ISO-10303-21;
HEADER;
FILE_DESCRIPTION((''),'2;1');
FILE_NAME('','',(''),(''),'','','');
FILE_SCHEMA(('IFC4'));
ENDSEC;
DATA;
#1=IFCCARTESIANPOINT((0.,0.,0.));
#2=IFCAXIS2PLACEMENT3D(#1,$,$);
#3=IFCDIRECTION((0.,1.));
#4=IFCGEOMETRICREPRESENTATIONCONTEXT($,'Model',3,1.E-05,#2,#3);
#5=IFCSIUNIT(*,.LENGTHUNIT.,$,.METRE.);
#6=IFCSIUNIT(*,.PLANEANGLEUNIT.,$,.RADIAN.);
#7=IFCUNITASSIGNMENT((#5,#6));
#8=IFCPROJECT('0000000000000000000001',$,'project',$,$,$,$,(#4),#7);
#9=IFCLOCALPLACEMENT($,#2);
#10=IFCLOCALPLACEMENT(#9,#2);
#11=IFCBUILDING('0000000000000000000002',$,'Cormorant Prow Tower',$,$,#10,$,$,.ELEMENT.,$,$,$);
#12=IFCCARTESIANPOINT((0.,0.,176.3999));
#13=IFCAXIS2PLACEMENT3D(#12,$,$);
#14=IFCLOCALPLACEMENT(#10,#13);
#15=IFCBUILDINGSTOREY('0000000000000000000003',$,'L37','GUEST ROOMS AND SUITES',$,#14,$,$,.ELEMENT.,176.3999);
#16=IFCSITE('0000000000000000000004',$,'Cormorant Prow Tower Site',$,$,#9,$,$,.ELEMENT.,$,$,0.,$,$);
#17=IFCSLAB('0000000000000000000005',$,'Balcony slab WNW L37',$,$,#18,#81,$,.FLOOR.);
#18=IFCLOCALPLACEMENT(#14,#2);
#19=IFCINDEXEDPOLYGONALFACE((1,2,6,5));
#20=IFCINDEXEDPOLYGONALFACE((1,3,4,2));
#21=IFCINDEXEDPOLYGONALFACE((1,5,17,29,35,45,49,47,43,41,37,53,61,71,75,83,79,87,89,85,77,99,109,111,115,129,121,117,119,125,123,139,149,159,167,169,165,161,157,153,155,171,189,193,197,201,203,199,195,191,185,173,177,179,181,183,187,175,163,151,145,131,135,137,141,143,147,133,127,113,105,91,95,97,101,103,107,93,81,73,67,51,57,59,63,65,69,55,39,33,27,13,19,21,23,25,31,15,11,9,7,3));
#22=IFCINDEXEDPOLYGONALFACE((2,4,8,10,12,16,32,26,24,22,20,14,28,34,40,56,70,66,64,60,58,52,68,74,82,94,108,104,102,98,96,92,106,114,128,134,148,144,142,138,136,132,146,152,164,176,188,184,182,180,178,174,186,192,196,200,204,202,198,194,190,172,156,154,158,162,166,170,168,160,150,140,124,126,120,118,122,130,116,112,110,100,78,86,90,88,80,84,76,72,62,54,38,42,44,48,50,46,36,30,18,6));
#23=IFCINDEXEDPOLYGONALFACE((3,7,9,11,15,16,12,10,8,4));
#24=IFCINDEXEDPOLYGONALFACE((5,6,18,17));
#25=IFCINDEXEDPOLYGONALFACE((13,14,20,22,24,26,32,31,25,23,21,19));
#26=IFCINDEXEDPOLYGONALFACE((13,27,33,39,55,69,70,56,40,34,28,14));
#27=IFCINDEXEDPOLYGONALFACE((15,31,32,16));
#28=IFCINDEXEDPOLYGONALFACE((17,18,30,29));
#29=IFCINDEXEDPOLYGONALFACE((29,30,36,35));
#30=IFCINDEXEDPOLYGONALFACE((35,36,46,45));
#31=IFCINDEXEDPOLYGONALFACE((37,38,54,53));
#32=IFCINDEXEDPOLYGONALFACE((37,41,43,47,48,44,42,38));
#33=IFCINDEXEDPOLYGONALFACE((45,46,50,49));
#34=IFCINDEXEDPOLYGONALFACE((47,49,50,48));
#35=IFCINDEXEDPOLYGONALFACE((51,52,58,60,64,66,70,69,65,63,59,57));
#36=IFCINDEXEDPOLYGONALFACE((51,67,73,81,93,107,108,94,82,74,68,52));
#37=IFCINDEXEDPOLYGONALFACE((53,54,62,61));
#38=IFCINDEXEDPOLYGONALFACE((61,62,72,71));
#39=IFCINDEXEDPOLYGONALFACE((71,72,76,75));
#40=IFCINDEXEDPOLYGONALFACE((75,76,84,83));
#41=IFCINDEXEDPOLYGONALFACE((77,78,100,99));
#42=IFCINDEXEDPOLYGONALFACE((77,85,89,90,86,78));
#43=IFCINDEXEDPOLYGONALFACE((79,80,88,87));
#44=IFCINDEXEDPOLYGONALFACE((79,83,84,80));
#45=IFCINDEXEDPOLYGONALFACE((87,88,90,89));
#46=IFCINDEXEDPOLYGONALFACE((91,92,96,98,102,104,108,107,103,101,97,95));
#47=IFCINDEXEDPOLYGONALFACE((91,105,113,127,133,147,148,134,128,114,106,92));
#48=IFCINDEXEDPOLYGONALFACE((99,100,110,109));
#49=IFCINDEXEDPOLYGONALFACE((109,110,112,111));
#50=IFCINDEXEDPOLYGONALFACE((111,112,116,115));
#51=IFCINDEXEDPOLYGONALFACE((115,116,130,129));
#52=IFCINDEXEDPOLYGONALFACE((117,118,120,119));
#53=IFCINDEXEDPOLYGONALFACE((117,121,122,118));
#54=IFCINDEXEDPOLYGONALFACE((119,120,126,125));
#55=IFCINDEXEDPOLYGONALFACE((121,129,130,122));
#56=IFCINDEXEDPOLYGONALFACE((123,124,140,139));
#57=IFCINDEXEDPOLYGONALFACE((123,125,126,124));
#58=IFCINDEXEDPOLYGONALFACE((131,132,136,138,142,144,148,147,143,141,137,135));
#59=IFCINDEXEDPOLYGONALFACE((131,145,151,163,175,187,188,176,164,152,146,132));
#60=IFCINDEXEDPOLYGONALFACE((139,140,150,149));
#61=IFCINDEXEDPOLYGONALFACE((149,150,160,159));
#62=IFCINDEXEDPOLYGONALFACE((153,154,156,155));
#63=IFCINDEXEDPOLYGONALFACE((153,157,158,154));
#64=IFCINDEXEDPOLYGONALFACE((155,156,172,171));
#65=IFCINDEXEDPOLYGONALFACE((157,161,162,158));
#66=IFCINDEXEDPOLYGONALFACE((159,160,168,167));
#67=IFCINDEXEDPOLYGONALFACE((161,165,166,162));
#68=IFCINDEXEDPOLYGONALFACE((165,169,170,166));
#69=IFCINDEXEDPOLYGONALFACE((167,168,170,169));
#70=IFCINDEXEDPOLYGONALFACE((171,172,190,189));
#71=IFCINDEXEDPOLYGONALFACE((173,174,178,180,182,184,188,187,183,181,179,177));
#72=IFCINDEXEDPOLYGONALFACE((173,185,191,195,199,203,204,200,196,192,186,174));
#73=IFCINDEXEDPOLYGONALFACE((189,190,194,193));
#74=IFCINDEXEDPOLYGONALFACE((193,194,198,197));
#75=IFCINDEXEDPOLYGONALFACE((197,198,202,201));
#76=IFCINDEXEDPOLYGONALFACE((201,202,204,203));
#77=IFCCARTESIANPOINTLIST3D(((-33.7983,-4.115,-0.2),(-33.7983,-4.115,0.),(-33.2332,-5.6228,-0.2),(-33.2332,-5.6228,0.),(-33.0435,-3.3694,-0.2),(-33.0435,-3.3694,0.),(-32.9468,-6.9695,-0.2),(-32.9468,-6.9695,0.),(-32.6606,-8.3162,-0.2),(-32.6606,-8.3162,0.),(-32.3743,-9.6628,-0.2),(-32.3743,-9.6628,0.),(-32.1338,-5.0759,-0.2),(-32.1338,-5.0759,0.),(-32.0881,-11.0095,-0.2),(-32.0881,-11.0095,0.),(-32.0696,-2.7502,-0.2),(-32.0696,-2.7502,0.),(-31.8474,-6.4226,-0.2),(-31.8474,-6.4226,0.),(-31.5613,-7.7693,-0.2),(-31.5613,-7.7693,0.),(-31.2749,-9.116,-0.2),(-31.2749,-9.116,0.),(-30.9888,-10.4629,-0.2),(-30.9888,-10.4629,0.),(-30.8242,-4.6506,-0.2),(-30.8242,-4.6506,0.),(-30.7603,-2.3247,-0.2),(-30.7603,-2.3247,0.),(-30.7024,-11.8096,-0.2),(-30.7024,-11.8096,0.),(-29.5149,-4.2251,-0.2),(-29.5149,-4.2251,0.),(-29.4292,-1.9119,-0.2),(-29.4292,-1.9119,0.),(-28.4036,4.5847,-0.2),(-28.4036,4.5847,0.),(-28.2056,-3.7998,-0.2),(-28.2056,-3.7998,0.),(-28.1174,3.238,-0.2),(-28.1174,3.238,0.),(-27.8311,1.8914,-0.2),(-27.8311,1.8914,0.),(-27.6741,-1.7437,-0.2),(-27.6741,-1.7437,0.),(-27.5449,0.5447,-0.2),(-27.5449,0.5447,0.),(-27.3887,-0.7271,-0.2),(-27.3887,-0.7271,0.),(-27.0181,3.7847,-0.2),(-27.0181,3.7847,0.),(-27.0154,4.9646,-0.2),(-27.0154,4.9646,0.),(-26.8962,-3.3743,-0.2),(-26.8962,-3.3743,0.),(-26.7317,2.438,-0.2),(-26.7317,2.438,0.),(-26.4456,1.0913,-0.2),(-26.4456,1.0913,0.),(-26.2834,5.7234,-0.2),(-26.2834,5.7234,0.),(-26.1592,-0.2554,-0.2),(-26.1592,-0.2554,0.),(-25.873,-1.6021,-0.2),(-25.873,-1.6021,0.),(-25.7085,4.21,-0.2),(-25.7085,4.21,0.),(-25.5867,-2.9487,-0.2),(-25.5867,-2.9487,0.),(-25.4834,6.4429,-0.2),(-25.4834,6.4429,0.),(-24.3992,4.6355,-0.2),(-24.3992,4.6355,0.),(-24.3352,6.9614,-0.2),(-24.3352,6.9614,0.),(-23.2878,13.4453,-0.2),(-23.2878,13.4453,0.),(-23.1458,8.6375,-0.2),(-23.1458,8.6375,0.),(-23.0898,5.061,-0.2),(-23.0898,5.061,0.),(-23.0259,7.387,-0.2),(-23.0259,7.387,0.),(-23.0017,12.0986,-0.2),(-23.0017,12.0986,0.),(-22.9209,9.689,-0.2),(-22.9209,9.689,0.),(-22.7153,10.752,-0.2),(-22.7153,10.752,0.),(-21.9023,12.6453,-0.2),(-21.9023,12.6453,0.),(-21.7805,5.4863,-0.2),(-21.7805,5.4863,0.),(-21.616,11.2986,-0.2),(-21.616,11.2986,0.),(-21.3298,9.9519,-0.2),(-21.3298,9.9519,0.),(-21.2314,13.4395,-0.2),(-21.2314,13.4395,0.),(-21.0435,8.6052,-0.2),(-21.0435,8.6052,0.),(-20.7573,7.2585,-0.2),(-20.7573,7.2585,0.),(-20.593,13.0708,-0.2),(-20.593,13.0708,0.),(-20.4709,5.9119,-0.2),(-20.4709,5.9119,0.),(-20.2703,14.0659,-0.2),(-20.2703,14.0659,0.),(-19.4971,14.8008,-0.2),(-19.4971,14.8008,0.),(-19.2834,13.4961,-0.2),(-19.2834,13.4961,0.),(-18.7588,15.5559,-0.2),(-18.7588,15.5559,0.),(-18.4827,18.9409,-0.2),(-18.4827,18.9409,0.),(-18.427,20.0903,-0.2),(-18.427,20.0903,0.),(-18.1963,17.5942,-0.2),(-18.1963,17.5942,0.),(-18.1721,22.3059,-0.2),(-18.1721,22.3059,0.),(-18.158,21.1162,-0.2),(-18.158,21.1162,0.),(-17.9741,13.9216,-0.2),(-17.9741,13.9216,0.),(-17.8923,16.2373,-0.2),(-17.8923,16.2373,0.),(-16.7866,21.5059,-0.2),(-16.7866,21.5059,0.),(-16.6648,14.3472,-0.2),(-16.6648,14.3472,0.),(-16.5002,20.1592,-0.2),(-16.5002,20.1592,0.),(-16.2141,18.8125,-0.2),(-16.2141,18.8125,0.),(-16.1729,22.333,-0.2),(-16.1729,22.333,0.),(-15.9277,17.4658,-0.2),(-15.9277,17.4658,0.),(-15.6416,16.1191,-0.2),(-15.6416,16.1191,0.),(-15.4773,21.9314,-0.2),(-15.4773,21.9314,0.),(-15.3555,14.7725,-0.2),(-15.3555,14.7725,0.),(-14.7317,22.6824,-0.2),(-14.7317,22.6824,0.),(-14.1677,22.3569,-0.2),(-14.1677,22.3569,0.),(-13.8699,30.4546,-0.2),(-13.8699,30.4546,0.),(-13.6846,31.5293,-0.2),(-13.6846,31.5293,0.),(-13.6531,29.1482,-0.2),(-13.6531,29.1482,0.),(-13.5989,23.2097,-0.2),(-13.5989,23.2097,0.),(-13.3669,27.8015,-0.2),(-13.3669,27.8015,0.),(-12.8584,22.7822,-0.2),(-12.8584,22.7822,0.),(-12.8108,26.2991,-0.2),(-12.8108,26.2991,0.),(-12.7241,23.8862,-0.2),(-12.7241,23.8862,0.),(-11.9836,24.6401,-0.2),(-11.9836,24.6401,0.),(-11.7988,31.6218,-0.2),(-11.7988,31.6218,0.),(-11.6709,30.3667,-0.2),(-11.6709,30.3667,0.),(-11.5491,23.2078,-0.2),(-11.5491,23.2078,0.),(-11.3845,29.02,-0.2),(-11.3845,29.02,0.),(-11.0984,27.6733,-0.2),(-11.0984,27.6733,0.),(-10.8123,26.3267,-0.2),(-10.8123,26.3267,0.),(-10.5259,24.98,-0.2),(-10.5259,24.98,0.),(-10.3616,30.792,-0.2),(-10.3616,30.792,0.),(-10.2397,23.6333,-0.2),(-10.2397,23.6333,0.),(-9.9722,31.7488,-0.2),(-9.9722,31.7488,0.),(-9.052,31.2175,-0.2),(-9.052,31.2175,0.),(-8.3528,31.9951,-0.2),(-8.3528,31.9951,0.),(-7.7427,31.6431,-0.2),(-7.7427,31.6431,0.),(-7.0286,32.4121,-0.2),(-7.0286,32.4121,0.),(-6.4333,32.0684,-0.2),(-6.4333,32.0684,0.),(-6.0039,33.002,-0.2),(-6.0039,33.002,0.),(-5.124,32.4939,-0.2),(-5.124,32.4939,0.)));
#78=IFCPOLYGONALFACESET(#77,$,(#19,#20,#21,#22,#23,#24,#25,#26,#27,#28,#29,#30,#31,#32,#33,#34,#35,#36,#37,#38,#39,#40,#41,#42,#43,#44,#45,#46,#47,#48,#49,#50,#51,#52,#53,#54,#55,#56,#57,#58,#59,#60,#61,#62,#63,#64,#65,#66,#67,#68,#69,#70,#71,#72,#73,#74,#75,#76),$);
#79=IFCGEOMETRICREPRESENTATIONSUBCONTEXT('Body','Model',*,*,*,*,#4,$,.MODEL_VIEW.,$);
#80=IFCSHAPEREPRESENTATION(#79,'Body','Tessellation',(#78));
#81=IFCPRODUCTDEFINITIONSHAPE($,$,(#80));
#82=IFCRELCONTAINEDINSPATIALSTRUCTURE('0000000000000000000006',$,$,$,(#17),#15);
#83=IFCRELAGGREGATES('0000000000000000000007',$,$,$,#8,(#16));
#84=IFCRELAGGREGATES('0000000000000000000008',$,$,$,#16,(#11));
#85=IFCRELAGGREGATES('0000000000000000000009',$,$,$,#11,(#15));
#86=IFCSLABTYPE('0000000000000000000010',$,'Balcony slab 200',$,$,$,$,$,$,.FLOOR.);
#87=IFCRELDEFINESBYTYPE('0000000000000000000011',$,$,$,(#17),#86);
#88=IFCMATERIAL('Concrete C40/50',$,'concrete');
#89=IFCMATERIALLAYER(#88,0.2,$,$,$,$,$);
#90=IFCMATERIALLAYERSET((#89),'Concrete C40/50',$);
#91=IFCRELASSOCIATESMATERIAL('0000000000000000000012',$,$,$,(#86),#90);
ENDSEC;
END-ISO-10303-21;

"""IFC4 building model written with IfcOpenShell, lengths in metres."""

from ifc_helpers import new_model, si_unit, direction, frame, origin, place, context, subcontext, project, spatial, polyline, outline, extrude, material, layer, layer_set, type_object, element, save


model = new_model("IFC4")

# Units and contexts
model_context = context("Model", 3, precision=1e-05, world=origin(), true_north=direction((0.0, 1.0)))
body_context = subcontext(model_context, "Body", "Model", "MODEL_VIEW")
ifc_project = project(units=[si_unit("LENGTHUNIT", "METRE"), si_unit("PLANEANGLEUNIT", "RADIAN")], contexts=[model_context])

# Site, building, storey
site_placement = place(None, origin())
site = spatial("IfcSite", under=ifc_project, at=site_placement, Name="Cormorant Prow Tower Site", CompositionType="ELEMENT", RefElevation=0.0)
building_placement = place(site_placement, origin())
building = spatial("IfcBuilding", under=site, at=building_placement, Name="Cormorant Prow Tower", CompositionType="ELEMENT")
storey_placement = place(building_placement, frame((0.0, 0.0, 176.3999)))
storey = spatial("IfcBuildingStorey", under=building, at=storey_placement, Name="L37", Description="GUEST ROOMS AND SUITES", CompositionType="ELEMENT", Elevation=176.3999)

# Slab
ifc_material_1 = material(Name="Concrete C40/50", Category="concrete")
ifc_layer_1 = layer(ifc_material_1, 0.2)
ifc_layer_set_1 = layer_set([ifc_layer_1], Name="Concrete C40/50")
slab_type_1 = type_object("IfcSlabType", Name="Balcony slab 200", PredefinedType="FLOOR", material=ifc_layer_set_1)
slab_1_placement = place(storey_placement, frame((0.0, 0.0, -0.2)))
element("IfcSlab", 1, at=slab_1_placement, inside=storey, type_object=slab_type_1, Name="Balcony slab WNW L37", PredefinedType="FLOOR", context=body_context, shape_type="SweptSolid", body=[
    extrude(outline(polyline([(-5.124, 32.4939), (-6.0039, 33.002), (-7.0286, 32.4121), (-8.3528, 31.9951), (-9.9722, 31.7488), (-11.7988, 31.6218), (-13.6846, 31.5293), (-13.8699, 30.4546), (-13.6531, 29.1482), (-13.3669, 27.8015), (-12.8108, 26.2991), (-11.9836, 24.6401), (-12.7241, 23.8862), (-13.5989, 23.2097), (-14.7317, 22.6824), (-16.1729, 22.333), (-18.1721, 22.3059), (-18.158, 21.1162), (-18.427, 20.0903), (-18.4827, 18.9409), (-18.1963, 17.5942), (-17.8923, 16.2373), (-18.7588, 15.5559), (-19.4971, 14.8008), (-20.2703, 14.0659), (-21.2314, 13.4395), (-23.2878, 13.4453), (-23.0017, 12.0986), (-22.7153, 10.752), (-22.9209, 9.689), (-23.1458, 8.6375), (-23.0259, 7.387), (-24.3352, 6.9614), (-25.4834, 6.4429), (-26.2834, 5.7234), (-27.0154, 4.9646), (-28.4036, 4.5847), (-28.1174, 3.238), (-27.8311, 1.8914), (-27.5449, 0.5447), (-27.3887, -0.7271), (-27.6741, -1.7437), (-29.4292, -1.9119), (-30.7603, -2.3247), (-32.0696, -2.7502), (-33.0435, -3.3694), (-33.7983, -4.115), (-33.2332, -5.6228), (-32.9468, -6.9695), (-32.6606, -8.3162), (-32.3743, -9.6628), (-32.0881, -11.0095), (-30.7024, -11.8096), (-30.9888, -10.4629), (-31.2749, -9.116), (-31.5613, -7.7693), (-31.8474, -6.4226), (-32.1338, -5.0759), (-30.8242, -4.6506), (-29.5149, -4.2251), (-28.2056, -3.7998), (-26.8962, -3.3743), (-25.5867, -2.9487), (-25.873, -1.6021), (-26.1592, -0.2554), (-26.4456, 1.0913), (-26.7317, 2.438), (-27.0181, 3.7847), (-25.7085, 4.21), (-24.3992, 4.6355), (-23.0898, 5.061), (-21.7805, 5.4863), (-20.4709, 5.9119), (-20.7573, 7.2585), (-21.0435, 8.6052), (-21.3298, 9.9519), (-21.616, 11.2986), (-21.9023, 12.6453), (-20.593, 13.0708), (-19.2834, 13.4961), (-17.9741, 13.9216), (-16.6648, 14.3472), (-15.3555, 14.7725), (-15.6416, 16.1191), (-15.9277, 17.4658), (-16.2141, 18.8125), (-16.5002, 20.1592), (-16.7866, 21.5059), (-15.4773, 21.9314), (-14.1677, 22.3569), (-12.8584, 22.7822), (-11.5491, 23.2078), (-10.2397, 23.6333), (-10.5259, 24.98), (-10.8123, 26.3267), (-11.0984, 27.6733), (-11.3845, 29.02), (-11.6709, 30.3667), (-10.3616, 30.792), (-9.052, 31.2175), (-7.7427, 31.6431), (-6.4333, 32.0684), (-5.124, 32.4939)])), origin(), (0.0, 0.0, 1.0), 0.2),
])

save(model, "model.ifc")
